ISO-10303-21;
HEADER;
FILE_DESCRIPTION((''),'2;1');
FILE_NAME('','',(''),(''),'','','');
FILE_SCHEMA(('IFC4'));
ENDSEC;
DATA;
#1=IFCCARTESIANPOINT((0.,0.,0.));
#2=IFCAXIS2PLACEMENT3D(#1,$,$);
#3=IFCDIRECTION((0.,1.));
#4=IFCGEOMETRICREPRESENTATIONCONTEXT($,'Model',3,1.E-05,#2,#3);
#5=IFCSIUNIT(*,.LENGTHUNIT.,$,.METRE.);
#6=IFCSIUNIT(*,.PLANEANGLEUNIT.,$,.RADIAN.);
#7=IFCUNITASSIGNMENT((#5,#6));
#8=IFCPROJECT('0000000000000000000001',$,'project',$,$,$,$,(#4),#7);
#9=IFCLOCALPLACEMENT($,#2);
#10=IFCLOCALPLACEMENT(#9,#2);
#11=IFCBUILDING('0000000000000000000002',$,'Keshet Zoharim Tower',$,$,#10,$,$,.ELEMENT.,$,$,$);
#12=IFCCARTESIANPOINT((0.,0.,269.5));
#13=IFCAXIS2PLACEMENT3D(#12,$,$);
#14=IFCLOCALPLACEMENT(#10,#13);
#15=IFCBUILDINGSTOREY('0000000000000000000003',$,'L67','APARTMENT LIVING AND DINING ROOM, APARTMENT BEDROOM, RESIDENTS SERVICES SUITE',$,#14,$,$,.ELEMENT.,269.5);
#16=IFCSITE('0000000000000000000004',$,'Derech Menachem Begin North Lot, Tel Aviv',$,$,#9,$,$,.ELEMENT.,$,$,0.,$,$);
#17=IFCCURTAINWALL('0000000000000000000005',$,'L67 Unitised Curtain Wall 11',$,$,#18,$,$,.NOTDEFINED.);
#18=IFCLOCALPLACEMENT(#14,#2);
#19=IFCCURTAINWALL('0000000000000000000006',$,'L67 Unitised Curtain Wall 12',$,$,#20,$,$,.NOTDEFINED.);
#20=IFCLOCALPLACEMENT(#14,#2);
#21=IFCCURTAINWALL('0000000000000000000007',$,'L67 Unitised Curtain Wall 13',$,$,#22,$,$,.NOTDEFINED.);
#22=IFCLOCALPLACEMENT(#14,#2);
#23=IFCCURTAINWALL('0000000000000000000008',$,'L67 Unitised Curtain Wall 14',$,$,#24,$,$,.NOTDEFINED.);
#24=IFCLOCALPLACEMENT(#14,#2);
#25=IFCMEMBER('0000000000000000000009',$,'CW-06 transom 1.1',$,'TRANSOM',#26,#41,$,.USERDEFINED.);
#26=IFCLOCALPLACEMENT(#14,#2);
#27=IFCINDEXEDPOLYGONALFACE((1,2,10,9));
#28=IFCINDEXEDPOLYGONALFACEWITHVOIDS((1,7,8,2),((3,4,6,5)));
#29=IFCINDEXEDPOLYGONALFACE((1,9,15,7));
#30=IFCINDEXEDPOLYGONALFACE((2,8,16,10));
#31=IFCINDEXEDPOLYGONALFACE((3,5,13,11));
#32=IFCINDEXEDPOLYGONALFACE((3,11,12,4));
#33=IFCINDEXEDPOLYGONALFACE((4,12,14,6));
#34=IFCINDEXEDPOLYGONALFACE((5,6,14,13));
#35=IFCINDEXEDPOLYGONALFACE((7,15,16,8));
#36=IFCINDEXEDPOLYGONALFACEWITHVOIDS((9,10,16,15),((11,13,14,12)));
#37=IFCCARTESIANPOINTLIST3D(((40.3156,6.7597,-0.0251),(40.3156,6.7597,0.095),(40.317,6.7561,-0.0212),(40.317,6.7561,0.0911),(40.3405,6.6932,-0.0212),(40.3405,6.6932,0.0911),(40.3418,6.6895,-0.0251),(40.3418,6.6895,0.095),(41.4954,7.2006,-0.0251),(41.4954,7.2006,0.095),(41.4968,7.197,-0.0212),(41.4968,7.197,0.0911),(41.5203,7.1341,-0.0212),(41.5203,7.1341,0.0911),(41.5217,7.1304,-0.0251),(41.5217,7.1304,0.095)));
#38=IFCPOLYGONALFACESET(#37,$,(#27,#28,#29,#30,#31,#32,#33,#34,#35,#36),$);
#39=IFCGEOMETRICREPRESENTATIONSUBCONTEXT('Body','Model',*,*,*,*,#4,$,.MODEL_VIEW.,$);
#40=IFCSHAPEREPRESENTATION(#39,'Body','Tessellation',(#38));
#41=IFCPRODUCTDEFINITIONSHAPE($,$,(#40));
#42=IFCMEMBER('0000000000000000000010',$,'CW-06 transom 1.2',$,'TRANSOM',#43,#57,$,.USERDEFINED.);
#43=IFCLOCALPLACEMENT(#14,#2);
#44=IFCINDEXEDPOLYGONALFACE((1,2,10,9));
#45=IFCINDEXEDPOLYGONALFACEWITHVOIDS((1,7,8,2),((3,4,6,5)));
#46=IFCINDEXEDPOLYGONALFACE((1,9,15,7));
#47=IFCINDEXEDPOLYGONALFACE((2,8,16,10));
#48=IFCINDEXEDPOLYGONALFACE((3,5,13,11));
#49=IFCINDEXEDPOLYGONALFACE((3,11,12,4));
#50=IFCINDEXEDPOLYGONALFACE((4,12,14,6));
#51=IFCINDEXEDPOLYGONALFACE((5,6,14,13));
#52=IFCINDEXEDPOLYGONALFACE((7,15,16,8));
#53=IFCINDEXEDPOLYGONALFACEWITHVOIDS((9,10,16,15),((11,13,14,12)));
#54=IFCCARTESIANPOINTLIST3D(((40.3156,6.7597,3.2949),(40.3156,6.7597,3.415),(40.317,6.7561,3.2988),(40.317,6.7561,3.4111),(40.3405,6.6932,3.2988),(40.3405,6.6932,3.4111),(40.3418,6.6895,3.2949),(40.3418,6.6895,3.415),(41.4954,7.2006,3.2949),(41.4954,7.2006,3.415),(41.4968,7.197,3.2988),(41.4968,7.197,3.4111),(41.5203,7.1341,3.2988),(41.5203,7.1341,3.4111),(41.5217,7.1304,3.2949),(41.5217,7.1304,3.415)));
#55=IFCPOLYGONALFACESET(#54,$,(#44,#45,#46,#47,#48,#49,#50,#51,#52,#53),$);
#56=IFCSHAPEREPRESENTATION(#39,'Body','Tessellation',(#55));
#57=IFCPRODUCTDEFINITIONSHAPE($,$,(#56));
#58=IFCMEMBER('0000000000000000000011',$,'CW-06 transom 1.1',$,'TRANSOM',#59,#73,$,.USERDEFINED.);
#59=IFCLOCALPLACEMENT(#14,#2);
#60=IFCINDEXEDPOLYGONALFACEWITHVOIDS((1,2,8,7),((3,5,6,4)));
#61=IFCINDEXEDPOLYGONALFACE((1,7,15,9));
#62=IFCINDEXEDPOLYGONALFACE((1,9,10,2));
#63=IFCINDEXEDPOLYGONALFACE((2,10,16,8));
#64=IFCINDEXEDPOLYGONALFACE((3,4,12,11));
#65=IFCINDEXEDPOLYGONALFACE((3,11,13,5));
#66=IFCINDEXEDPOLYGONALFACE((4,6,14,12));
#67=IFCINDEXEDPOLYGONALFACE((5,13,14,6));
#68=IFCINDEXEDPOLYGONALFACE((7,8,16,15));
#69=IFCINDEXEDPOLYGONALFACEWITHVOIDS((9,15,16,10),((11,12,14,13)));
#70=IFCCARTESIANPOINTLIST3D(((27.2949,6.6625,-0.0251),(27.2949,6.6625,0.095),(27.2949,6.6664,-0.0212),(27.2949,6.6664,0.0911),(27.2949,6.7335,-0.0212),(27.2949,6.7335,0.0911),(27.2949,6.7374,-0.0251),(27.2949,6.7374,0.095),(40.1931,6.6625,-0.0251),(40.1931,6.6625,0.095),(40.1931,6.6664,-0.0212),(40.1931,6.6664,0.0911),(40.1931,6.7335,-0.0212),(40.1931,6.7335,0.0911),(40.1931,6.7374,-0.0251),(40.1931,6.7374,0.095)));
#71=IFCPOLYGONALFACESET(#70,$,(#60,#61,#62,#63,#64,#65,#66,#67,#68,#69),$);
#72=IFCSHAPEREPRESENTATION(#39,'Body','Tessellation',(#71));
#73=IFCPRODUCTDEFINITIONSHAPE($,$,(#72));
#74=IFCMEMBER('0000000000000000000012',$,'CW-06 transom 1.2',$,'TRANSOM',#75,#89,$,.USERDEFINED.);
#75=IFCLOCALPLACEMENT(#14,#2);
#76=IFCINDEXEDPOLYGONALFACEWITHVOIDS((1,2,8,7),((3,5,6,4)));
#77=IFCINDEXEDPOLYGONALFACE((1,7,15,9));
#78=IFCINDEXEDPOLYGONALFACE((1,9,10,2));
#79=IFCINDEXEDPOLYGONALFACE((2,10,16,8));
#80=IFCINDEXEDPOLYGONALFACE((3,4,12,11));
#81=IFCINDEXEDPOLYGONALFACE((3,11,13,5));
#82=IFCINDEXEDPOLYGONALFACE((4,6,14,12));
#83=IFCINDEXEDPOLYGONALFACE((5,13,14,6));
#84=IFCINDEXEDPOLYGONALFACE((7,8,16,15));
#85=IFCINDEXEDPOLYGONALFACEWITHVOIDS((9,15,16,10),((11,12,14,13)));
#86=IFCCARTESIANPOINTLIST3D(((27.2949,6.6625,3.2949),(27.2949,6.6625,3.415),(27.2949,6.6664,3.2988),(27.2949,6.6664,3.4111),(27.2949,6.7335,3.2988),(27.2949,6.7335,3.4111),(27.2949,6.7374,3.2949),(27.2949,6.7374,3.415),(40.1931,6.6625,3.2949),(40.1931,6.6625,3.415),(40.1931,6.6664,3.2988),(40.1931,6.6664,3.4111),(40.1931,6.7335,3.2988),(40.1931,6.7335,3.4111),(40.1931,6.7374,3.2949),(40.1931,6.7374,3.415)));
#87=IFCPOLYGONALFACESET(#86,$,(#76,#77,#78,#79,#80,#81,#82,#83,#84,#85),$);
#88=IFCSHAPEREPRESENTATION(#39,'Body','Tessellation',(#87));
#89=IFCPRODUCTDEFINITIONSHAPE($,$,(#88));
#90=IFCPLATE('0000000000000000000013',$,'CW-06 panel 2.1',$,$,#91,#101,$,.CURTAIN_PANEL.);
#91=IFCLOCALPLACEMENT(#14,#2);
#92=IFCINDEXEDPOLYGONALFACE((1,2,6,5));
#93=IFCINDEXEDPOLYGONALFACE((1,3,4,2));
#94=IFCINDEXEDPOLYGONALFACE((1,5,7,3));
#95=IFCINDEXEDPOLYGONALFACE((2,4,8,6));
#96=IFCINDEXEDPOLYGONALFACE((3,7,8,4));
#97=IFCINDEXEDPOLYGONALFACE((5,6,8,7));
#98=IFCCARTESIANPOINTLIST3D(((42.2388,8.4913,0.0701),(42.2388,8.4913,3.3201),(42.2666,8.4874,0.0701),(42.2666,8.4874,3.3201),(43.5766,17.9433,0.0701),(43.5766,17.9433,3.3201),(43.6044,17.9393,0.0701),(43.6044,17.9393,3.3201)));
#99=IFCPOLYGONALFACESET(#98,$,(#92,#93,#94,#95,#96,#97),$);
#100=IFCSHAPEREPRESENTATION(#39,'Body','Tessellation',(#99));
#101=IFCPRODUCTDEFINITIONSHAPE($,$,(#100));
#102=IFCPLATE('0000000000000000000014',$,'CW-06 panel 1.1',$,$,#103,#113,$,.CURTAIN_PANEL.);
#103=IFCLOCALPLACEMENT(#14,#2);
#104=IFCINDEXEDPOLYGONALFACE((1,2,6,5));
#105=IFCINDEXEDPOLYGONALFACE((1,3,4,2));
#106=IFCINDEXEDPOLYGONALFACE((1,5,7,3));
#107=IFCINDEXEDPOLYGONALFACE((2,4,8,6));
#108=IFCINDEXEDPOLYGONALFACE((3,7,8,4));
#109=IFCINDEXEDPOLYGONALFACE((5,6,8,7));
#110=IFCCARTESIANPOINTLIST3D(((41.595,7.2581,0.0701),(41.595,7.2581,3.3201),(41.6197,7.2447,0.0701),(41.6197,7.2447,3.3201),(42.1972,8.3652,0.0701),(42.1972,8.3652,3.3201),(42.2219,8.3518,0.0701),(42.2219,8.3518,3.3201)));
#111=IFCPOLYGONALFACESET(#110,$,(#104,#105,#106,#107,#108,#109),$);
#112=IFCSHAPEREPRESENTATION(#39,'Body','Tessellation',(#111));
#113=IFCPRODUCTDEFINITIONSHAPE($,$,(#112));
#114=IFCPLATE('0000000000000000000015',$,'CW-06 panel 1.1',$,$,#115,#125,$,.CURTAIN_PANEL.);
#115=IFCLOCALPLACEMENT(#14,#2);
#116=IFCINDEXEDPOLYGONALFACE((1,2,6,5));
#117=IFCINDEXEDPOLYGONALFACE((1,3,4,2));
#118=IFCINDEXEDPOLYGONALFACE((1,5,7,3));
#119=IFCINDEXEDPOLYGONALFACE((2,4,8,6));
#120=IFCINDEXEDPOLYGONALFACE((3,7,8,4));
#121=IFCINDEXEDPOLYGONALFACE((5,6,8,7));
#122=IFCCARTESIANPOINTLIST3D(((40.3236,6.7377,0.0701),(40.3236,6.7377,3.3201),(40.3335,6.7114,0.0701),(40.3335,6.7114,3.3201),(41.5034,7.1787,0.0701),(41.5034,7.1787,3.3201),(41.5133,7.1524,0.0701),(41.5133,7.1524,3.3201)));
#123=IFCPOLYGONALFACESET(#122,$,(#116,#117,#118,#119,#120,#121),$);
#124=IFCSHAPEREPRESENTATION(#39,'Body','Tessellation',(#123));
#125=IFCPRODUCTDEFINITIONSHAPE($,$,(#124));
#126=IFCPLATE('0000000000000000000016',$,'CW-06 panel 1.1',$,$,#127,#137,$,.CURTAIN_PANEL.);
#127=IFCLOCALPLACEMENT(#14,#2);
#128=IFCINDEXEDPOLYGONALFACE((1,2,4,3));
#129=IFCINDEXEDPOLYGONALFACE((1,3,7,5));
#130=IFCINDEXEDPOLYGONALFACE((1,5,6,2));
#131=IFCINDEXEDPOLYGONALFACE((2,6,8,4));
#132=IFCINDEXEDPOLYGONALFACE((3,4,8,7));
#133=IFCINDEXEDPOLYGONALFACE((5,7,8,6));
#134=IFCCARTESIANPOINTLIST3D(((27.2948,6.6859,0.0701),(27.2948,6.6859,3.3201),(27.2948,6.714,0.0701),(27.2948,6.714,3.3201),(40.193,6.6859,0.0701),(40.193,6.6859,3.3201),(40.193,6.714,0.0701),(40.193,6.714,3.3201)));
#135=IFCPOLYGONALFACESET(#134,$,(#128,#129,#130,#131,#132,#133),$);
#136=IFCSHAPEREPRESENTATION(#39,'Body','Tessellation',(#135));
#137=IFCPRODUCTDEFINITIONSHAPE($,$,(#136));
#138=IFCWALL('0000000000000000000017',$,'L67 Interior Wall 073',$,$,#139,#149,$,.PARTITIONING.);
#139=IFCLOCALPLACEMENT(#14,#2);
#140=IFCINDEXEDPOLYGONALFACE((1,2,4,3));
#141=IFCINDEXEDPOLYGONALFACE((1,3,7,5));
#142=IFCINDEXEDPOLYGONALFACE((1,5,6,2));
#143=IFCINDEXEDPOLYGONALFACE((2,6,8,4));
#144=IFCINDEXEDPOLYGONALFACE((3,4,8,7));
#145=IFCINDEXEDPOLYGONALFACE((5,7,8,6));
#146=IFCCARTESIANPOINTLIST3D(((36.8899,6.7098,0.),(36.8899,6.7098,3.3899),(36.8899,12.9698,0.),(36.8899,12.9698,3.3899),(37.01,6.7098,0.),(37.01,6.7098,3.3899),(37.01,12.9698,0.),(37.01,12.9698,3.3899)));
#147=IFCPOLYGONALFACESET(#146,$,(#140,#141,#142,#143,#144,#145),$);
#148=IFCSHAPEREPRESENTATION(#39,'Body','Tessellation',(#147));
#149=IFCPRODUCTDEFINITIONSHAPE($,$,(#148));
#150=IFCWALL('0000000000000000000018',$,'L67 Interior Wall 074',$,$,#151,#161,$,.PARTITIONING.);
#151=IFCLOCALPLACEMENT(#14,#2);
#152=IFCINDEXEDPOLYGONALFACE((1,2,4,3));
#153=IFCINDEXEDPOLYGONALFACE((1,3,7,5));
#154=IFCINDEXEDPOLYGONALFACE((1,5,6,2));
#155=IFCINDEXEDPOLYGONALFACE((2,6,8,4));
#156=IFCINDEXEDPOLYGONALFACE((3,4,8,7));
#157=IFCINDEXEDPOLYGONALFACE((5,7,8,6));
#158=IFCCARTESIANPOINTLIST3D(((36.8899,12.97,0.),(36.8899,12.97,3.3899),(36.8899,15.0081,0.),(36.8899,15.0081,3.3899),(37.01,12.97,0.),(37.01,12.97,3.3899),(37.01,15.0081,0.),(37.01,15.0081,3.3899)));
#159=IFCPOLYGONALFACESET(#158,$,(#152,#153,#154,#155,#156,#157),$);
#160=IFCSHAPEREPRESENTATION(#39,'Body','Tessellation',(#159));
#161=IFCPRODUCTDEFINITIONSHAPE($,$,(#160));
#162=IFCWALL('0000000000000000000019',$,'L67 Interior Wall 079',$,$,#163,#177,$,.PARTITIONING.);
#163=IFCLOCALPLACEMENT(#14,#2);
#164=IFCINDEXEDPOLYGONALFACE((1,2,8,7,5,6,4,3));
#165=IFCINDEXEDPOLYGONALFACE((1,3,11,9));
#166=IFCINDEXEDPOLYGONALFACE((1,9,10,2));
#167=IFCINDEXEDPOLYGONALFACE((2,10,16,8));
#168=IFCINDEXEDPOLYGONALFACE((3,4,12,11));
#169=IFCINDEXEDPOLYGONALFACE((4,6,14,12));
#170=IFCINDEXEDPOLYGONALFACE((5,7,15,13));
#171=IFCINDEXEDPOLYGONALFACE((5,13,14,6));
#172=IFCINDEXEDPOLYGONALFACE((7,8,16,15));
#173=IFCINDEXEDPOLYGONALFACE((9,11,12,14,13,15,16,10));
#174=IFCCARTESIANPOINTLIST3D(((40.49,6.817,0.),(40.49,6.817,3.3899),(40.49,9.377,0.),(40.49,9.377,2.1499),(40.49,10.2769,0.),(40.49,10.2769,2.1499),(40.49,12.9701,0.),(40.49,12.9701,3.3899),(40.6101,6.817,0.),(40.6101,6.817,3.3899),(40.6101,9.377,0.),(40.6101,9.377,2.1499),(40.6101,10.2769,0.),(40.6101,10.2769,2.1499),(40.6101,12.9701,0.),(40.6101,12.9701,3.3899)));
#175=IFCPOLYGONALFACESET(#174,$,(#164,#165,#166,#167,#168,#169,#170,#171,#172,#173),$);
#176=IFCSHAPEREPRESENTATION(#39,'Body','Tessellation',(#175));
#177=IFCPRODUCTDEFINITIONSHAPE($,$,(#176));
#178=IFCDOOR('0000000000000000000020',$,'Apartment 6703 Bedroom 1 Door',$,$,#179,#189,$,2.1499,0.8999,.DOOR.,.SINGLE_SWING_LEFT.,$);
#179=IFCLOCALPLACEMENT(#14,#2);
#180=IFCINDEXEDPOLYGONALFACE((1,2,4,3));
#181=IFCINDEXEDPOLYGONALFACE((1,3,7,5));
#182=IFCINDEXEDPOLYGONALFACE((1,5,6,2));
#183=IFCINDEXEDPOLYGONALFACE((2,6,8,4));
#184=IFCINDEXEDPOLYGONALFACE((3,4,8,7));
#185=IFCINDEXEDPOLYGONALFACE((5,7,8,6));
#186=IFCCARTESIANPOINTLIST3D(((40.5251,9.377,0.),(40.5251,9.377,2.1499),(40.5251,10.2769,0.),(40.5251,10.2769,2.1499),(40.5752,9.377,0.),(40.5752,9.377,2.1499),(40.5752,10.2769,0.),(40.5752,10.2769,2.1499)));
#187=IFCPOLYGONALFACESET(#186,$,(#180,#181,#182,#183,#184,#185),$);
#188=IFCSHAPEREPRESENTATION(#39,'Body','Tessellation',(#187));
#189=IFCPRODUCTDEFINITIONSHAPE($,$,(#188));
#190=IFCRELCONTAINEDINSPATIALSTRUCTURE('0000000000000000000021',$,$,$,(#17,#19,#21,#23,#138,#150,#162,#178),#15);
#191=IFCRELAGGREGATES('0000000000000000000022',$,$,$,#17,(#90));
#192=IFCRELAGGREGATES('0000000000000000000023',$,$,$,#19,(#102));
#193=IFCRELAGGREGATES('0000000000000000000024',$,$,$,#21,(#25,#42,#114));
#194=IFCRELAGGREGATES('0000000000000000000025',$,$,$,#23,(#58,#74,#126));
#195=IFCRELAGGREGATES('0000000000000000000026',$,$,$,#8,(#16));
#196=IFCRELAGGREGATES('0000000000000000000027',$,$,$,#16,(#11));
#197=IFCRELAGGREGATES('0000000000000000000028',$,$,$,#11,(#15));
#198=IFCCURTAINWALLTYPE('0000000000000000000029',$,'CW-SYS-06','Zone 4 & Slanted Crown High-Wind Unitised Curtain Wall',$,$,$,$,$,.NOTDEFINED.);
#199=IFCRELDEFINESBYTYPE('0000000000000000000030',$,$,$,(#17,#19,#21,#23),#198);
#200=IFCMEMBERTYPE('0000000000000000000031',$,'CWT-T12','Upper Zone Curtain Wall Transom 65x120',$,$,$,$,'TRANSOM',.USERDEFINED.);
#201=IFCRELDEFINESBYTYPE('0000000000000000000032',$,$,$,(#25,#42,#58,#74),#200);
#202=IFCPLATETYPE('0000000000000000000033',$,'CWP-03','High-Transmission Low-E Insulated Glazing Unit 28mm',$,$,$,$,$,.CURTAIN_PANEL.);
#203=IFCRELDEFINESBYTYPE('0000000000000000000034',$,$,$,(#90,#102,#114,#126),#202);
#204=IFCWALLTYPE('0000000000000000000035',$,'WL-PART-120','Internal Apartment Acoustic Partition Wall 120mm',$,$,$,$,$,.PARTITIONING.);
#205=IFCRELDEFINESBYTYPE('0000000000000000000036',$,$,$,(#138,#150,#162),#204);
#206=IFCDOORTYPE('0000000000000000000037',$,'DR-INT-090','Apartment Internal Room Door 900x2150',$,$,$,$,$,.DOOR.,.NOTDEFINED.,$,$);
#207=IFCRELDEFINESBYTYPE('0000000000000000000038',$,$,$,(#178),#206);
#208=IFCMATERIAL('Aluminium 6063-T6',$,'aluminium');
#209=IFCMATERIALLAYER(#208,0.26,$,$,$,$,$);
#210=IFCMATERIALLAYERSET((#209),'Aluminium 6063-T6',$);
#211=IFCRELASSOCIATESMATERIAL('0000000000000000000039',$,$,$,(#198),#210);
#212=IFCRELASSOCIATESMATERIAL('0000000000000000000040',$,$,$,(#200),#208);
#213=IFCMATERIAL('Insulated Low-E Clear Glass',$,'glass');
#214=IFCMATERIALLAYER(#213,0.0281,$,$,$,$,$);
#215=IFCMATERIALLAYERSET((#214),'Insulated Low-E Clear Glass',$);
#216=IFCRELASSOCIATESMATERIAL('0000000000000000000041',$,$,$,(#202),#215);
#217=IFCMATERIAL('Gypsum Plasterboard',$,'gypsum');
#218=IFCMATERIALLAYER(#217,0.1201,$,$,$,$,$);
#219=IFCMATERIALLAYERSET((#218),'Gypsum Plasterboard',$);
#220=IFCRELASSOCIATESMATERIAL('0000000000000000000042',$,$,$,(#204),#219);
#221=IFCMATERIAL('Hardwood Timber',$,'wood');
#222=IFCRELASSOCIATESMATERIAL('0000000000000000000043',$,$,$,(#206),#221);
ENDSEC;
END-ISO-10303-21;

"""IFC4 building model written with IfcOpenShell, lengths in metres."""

from ifc_helpers import new_model, si_unit, direction, frame, frame_2d, origin, origin_2d, place, context, subcontext, project, spatial, rectangle, hollow_rectangle, extrude, material, layer, layer_set, material_profile, profile_set, type_object, element, fill, aggregate, save


model = new_model("IFC4")

# Units and contexts
model_context = context("Model", 3, precision=1e-05, world=origin(), true_north=direction((0.0, 1.0)))
body_context = subcontext(model_context, "Body", "Model", "MODEL_VIEW")
ifc_project = project(units=[si_unit("LENGTHUNIT", "METRE"), si_unit("PLANEANGLEUNIT", "RADIAN")], contexts=[model_context])

# Site, building, storey
site_placement = place(None, origin())
site = spatial("IfcSite", under=ifc_project, at=site_placement, Name="Derech Menachem Begin North Lot, Tel Aviv", CompositionType="ELEMENT", RefElevation=0.0)
building_placement = place(site_placement, origin())
building = spatial("IfcBuilding", under=site, at=building_placement, Name="Keshet Zoharim Tower", CompositionType="ELEMENT")
storey_placement = place(building_placement, frame((0.0, 0.0, 269.5)))
storey = spatial("IfcBuildingStorey", under=building, at=storey_placement, Name="L67", Description="APARTMENT LIVING AND DINING ROOM, APARTMENT BEDROOM, RESIDENTS SERVICES SUITE", CompositionType="ELEMENT", Elevation=269.5)

# Curtain wall
ifc_material_1 = material(Name="Aluminium 6063-T6", Category="aluminium")
ifc_layer_1 = layer(ifc_material_1, 0.26)
ifc_layer_set_1 = layer_set([ifc_layer_1], Name="Aluminium 6063-T6")
curtain_wall_type = type_object("IfcCurtainWallType", Name="CW-SYS-06", Description="Zone 4 & Slanted Crown High-Wind Unitised Curtain Wall", PredefinedType="NOTDEFINED", material=ifc_layer_set_1)
curtain_wall_1_placement = place(storey_placement, origin())
curtain_wall_1 = element("IfcCurtainWall", 1, at=curtain_wall_1_placement, inside=storey, type_object=curtain_wall_type, Name="L67 Unitised Curtain Wall 11", PredefinedType="NOTDEFINED")

# Curtain walls
curtain_wall_2_placement = place(storey_placement, origin())
curtain_wall_2 = element("IfcCurtainWall", 2, at=curtain_wall_2_placement, inside=storey, type_object=curtain_wall_type, Name="L67 Unitised Curtain Wall 12", PredefinedType="NOTDEFINED")
curtain_wall_3_placement = place(storey_placement, origin())
curtain_wall_3 = element("IfcCurtainWall", 3, at=curtain_wall_3_placement, inside=storey, type_object=curtain_wall_type, Name="L67 Unitised Curtain Wall 13", PredefinedType="NOTDEFINED")

# Curtain wall
curtain_wall_4_placement = place(storey_placement, origin())
curtain_wall_4 = element("IfcCurtainWall", 4, at=curtain_wall_4_placement, inside=storey, type_object=curtain_wall_type, Name="L67 Unitised Curtain Wall 14", PredefinedType="NOTDEFINED")

# Members
ifc_material_profile_1 = material_profile(ifc_material_1, hollow_rectangle(XDim=0.075, YDim=0.1201, WallThickness=0.0039, at=origin_2d()), Name="TRN-75x120")
ifc_profile_set_1 = profile_set([ifc_material_profile_1], Name="Aluminium 6063-T6")
member_type_1 = type_object("IfcMemberType", Name="CWT-T12", Description="Upper Zone Curtain Wall Transom 65x120", ElementType="TRANSOM", PredefinedType="USERDEFINED", material=ifc_profile_set_1)
member_1_placement = place(storey_placement, frame((41.5085, 7.1655, 0.0349), z_axis=(-0.936735, -0.35004, 0.0), x_axis=(0.35004, -0.936735, 0.0)))
member_1 = element("IfcMember", 5, at=member_1_placement, type_object=member_type_1, Name="CW-06 transom 1.1", ObjectType="TRANSOM", PredefinedType="USERDEFINED", context=body_context, shape_type="SweptSolid", body=[
    extrude(hollow_rectangle(XDim=0.075, YDim=0.1201, WallThickness=0.0039, at=origin_2d()), origin(), (0.0, 0.0, 1.0), 1.2595),
])
member_2_placement = place(storey_placement, frame((41.5085, 7.1655, 3.355), z_axis=(-0.936735, -0.35004, 0.0), x_axis=(0.35004, -0.936735, 0.0)))
member_2 = element("IfcMember", 6, at=member_2_placement, type_object=member_type_1, Name="CW-06 transom 1.2", ObjectType="TRANSOM", PredefinedType="USERDEFINED", context=body_context, shape_type="SweptSolid", body=[
    extrude(hollow_rectangle(XDim=0.075, YDim=0.1201, WallThickness=0.0039, at=origin_2d()), origin(), (0.0, 0.0, 1.0), 1.2595),
])
member_3_placement = place(storey_placement, frame((40.1931, 6.7, 0.0349), z_axis=(-1.0, 0.0, 0.0), x_axis=(0.0, -1.0, 0.0)))
member_3 = element("IfcMember", 7, at=member_3_placement, type_object=member_type_1, Name="CW-06 transom 1.1", ObjectType="TRANSOM", PredefinedType="USERDEFINED", context=body_context, shape_type="SweptSolid", body=[
    extrude(hollow_rectangle(XDim=0.075, YDim=0.1201, WallThickness=0.0039, at=origin_2d()), origin(), (0.0, 0.0, 1.0), 12.8982),
])
member_4_placement = place(storey_placement, frame((40.1931, 6.7, 3.355), z_axis=(-1.0, 0.0, 0.0), x_axis=(0.0, -1.0, 0.0)))
member_4 = element("IfcMember", 8, at=member_4_placement, type_object=member_type_1, Name="CW-06 transom 1.2", ObjectType="TRANSOM", PredefinedType="USERDEFINED", context=body_context, shape_type="SweptSolid", body=[
    extrude(hollow_rectangle(XDim=0.075, YDim=0.1201, WallThickness=0.0039, at=origin_2d()), origin(), (0.0, 0.0, 1.0), 12.8982),
])

# Plates
ifc_material_2 = material(Name="Insulated Low-E Clear Glass", Category="glass")
ifc_layer_2 = layer(ifc_material_2, 0.0281)
ifc_layer_set_2 = layer_set([ifc_layer_2], Name="Insulated Low-E Clear Glass")
plate_type = type_object("IfcPlateType", Name="CWP-03", Description="High-Transmission Low-E Insulated Glazing Unit 28mm", PredefinedType="CURTAIN_PANEL", material=ifc_layer_set_2)
plate_1_placement = place(storey_placement, frame((42.9216, 13.2153, 0.0701), z_axis=(0.0, 0.0, 1.0), x_axis=(-0.140137, -0.990132, 0.0)))
plate_1 = element("IfcPlate", 9, at=plate_1_placement, type_object=plate_type, Name="CW-06 panel 2.1", PredefinedType="CURTAIN_PANEL", context=body_context, shape_type="SweptSolid", body=[
    extrude(rectangle(XDim=9.5461, YDim=0.0281, at=origin_2d()), origin(), (0.0, 0.0, 1.0), 3.25),
])
aggregate(curtain_wall_1, [plate_1])
plate_2_placement = place(storey_placement, frame((41.9084, 7.8049, 0.0701), z_axis=(0.0, 0.0, 1.0), x_axis=(-0.477801, -0.878468, 0.0)))
plate_2 = element("IfcPlate", 10, at=plate_2_placement, type_object=plate_type, Name="CW-06 panel 1.1", PredefinedType="CURTAIN_PANEL", context=body_context, shape_type="SweptSolid", body=[
    extrude(rectangle(XDim=1.2603, YDim=0.0281, at=origin_2d()), origin(), (0.0, 0.0, 1.0), 3.25),
])
aggregate(curtain_wall_2, [plate_2])
plate_3_placement = place(storey_placement, frame((40.9185, 6.9451, 0.0701), z_axis=(0.0, 0.0, 1.0), x_axis=(-0.93671, -0.350105, 0.0)))
plate_3 = element("IfcPlate", 11, at=plate_3_placement, type_object=plate_type, Name="CW-06 panel 1.1", PredefinedType="CURTAIN_PANEL", context=body_context, shape_type="SweptSolid", body=[
    extrude(rectangle(XDim=1.2595, YDim=0.0281, at=origin_2d()), origin(), (0.0, 0.0, 1.0), 3.25),
])
aggregate(curtain_wall_3, [member_1, member_2, plate_3])
plate_4_placement = place(storey_placement, frame((33.7439, 6.7, 0.0701), z_axis=(0.0, 0.0, 1.0), x_axis=(-1.0, 0.0, 0.0)))
plate_4 = element("IfcPlate", 12, at=plate_4_placement, type_object=plate_type, Name="CW-06 panel 1.1", PredefinedType="CURTAIN_PANEL", context=body_context, shape_type="SweptSolid", body=[
    extrude(rectangle(XDim=12.8982, YDim=0.0281, at=origin_2d()), origin(), (0.0, 0.0, 1.0), 3.25),
])
aggregate(curtain_wall_4, [member_3, member_4, plate_4])

# Walls
ifc_material_3 = material(Name="Gypsum Plasterboard", Category="gypsum")
ifc_layer_3 = layer(ifc_material_3, 0.1201)
ifc_layer_set_3 = layer_set([ifc_layer_3], Name="Gypsum Plasterboard")
wall_type_1 = type_object("IfcWallType", Name="WL-PART-120", Description="Internal Apartment Acoustic Partition Wall 120mm", PredefinedType="PARTITIONING", material=ifc_layer_set_3)
wall_1_placement = place(storey_placement, frame((36.95, 6.71, 0.0), z_axis=(0.0, 0.0, 1.0), x_axis=(0.0, 1.0, 0.0)))
element("IfcWall", 13, at=wall_1_placement, inside=storey, type_object=wall_type_1, Name="L67 Interior Wall 073", PredefinedType="PARTITIONING", context=body_context, shape_type="SweptSolid", body=[
    extrude(rectangle(XDim=6.26, YDim=0.1201, at=frame_2d((3.1299, 0.0))), origin(), (0.0, 0.0, 1.0), 3.3899),
])
wall_2_placement = place(storey_placement, frame((36.95, 12.97, 0.0), z_axis=(0.0, 0.0, 1.0), x_axis=(0.0, 1.0, 0.0)))
element("IfcWall", 14, at=wall_2_placement, inside=storey, type_object=wall_type_1, Name="L67 Interior Wall 074", PredefinedType="PARTITIONING", context=body_context, shape_type="SweptSolid", body=[
    extrude(rectangle(XDim=2.0381, YDim=0.1201, at=frame_2d((1.019, 0.0))), origin(), (0.0, 0.0, 1.0), 3.3899),
])

# Wall, opening, door
wall_3_placement = place(storey_placement, frame((40.55, 6.8169, 0.0), z_axis=(0.0, 0.0, 1.0), x_axis=(0.0, 1.0, 0.0)))
wall_3 = element("IfcWall", 15, at=wall_3_placement, inside=storey, type_object=wall_type_1, Name="L67 Interior Wall 079", PredefinedType="PARTITIONING", context=body_context, shape_type="SweptSolid", body=[
    extrude(rectangle(XDim=6.1531, YDim=0.1201, at=frame_2d((3.0767, 0.0))), origin(), (0.0, 0.0, 1.0), 3.3899),
])
opening_1_placement = place(wall_3_placement, frame((2.5601, 0.0, 0.0)))
opening_1 = element("IfcOpeningElement", 16, at=opening_1_placement, cuts=wall_3, PredefinedType="OPENING", context=body_context, shape_type="SweptSolid", body=[
    extrude(rectangle(XDim=0.8999, YDim=2.1499, at=frame_2d((0.45, 1.075))), frame((0.0, 0.0701, 0.0), z_axis=(0.0, -1.0, 0.0), x_axis=(1.0, 0.0, 0.0)), (0.0, 0.0, 1.0), 0.1401),
])
ifc_material_4 = material(Name="Hardwood Timber", Category="wood")
door_type = type_object("IfcDoorType", Name="DR-INT-090", Description="Apartment Internal Room Door 900x2150", OperationType="NOTDEFINED", PredefinedType="DOOR", material=ifc_material_4)
door_1_placement = place(opening_1_placement, origin())
door_1 = element("IfcDoor", 17, at=door_1_placement, inside=storey, type_object=door_type, Name="Apartment 6703 Bedroom 1 Door", OperationType="SINGLE_SWING_LEFT", OverallHeight=2.1499, OverallWidth=0.8999, PredefinedType="DOOR", context=body_context, shape_type="SweptSolid", body=[
    extrude(rectangle(XDim=0.8999, YDim=2.1499, at=frame_2d((0.45, 1.075))), frame((0.0, 0.0249, 0.0), z_axis=(0.0, -1.0, 0.0), x_axis=(1.0, 0.0, 0.0)), (0.0, 0.0, 1.0), 0.05),
])
fill(opening_1, door_1)

save(model, "model.ifc")
